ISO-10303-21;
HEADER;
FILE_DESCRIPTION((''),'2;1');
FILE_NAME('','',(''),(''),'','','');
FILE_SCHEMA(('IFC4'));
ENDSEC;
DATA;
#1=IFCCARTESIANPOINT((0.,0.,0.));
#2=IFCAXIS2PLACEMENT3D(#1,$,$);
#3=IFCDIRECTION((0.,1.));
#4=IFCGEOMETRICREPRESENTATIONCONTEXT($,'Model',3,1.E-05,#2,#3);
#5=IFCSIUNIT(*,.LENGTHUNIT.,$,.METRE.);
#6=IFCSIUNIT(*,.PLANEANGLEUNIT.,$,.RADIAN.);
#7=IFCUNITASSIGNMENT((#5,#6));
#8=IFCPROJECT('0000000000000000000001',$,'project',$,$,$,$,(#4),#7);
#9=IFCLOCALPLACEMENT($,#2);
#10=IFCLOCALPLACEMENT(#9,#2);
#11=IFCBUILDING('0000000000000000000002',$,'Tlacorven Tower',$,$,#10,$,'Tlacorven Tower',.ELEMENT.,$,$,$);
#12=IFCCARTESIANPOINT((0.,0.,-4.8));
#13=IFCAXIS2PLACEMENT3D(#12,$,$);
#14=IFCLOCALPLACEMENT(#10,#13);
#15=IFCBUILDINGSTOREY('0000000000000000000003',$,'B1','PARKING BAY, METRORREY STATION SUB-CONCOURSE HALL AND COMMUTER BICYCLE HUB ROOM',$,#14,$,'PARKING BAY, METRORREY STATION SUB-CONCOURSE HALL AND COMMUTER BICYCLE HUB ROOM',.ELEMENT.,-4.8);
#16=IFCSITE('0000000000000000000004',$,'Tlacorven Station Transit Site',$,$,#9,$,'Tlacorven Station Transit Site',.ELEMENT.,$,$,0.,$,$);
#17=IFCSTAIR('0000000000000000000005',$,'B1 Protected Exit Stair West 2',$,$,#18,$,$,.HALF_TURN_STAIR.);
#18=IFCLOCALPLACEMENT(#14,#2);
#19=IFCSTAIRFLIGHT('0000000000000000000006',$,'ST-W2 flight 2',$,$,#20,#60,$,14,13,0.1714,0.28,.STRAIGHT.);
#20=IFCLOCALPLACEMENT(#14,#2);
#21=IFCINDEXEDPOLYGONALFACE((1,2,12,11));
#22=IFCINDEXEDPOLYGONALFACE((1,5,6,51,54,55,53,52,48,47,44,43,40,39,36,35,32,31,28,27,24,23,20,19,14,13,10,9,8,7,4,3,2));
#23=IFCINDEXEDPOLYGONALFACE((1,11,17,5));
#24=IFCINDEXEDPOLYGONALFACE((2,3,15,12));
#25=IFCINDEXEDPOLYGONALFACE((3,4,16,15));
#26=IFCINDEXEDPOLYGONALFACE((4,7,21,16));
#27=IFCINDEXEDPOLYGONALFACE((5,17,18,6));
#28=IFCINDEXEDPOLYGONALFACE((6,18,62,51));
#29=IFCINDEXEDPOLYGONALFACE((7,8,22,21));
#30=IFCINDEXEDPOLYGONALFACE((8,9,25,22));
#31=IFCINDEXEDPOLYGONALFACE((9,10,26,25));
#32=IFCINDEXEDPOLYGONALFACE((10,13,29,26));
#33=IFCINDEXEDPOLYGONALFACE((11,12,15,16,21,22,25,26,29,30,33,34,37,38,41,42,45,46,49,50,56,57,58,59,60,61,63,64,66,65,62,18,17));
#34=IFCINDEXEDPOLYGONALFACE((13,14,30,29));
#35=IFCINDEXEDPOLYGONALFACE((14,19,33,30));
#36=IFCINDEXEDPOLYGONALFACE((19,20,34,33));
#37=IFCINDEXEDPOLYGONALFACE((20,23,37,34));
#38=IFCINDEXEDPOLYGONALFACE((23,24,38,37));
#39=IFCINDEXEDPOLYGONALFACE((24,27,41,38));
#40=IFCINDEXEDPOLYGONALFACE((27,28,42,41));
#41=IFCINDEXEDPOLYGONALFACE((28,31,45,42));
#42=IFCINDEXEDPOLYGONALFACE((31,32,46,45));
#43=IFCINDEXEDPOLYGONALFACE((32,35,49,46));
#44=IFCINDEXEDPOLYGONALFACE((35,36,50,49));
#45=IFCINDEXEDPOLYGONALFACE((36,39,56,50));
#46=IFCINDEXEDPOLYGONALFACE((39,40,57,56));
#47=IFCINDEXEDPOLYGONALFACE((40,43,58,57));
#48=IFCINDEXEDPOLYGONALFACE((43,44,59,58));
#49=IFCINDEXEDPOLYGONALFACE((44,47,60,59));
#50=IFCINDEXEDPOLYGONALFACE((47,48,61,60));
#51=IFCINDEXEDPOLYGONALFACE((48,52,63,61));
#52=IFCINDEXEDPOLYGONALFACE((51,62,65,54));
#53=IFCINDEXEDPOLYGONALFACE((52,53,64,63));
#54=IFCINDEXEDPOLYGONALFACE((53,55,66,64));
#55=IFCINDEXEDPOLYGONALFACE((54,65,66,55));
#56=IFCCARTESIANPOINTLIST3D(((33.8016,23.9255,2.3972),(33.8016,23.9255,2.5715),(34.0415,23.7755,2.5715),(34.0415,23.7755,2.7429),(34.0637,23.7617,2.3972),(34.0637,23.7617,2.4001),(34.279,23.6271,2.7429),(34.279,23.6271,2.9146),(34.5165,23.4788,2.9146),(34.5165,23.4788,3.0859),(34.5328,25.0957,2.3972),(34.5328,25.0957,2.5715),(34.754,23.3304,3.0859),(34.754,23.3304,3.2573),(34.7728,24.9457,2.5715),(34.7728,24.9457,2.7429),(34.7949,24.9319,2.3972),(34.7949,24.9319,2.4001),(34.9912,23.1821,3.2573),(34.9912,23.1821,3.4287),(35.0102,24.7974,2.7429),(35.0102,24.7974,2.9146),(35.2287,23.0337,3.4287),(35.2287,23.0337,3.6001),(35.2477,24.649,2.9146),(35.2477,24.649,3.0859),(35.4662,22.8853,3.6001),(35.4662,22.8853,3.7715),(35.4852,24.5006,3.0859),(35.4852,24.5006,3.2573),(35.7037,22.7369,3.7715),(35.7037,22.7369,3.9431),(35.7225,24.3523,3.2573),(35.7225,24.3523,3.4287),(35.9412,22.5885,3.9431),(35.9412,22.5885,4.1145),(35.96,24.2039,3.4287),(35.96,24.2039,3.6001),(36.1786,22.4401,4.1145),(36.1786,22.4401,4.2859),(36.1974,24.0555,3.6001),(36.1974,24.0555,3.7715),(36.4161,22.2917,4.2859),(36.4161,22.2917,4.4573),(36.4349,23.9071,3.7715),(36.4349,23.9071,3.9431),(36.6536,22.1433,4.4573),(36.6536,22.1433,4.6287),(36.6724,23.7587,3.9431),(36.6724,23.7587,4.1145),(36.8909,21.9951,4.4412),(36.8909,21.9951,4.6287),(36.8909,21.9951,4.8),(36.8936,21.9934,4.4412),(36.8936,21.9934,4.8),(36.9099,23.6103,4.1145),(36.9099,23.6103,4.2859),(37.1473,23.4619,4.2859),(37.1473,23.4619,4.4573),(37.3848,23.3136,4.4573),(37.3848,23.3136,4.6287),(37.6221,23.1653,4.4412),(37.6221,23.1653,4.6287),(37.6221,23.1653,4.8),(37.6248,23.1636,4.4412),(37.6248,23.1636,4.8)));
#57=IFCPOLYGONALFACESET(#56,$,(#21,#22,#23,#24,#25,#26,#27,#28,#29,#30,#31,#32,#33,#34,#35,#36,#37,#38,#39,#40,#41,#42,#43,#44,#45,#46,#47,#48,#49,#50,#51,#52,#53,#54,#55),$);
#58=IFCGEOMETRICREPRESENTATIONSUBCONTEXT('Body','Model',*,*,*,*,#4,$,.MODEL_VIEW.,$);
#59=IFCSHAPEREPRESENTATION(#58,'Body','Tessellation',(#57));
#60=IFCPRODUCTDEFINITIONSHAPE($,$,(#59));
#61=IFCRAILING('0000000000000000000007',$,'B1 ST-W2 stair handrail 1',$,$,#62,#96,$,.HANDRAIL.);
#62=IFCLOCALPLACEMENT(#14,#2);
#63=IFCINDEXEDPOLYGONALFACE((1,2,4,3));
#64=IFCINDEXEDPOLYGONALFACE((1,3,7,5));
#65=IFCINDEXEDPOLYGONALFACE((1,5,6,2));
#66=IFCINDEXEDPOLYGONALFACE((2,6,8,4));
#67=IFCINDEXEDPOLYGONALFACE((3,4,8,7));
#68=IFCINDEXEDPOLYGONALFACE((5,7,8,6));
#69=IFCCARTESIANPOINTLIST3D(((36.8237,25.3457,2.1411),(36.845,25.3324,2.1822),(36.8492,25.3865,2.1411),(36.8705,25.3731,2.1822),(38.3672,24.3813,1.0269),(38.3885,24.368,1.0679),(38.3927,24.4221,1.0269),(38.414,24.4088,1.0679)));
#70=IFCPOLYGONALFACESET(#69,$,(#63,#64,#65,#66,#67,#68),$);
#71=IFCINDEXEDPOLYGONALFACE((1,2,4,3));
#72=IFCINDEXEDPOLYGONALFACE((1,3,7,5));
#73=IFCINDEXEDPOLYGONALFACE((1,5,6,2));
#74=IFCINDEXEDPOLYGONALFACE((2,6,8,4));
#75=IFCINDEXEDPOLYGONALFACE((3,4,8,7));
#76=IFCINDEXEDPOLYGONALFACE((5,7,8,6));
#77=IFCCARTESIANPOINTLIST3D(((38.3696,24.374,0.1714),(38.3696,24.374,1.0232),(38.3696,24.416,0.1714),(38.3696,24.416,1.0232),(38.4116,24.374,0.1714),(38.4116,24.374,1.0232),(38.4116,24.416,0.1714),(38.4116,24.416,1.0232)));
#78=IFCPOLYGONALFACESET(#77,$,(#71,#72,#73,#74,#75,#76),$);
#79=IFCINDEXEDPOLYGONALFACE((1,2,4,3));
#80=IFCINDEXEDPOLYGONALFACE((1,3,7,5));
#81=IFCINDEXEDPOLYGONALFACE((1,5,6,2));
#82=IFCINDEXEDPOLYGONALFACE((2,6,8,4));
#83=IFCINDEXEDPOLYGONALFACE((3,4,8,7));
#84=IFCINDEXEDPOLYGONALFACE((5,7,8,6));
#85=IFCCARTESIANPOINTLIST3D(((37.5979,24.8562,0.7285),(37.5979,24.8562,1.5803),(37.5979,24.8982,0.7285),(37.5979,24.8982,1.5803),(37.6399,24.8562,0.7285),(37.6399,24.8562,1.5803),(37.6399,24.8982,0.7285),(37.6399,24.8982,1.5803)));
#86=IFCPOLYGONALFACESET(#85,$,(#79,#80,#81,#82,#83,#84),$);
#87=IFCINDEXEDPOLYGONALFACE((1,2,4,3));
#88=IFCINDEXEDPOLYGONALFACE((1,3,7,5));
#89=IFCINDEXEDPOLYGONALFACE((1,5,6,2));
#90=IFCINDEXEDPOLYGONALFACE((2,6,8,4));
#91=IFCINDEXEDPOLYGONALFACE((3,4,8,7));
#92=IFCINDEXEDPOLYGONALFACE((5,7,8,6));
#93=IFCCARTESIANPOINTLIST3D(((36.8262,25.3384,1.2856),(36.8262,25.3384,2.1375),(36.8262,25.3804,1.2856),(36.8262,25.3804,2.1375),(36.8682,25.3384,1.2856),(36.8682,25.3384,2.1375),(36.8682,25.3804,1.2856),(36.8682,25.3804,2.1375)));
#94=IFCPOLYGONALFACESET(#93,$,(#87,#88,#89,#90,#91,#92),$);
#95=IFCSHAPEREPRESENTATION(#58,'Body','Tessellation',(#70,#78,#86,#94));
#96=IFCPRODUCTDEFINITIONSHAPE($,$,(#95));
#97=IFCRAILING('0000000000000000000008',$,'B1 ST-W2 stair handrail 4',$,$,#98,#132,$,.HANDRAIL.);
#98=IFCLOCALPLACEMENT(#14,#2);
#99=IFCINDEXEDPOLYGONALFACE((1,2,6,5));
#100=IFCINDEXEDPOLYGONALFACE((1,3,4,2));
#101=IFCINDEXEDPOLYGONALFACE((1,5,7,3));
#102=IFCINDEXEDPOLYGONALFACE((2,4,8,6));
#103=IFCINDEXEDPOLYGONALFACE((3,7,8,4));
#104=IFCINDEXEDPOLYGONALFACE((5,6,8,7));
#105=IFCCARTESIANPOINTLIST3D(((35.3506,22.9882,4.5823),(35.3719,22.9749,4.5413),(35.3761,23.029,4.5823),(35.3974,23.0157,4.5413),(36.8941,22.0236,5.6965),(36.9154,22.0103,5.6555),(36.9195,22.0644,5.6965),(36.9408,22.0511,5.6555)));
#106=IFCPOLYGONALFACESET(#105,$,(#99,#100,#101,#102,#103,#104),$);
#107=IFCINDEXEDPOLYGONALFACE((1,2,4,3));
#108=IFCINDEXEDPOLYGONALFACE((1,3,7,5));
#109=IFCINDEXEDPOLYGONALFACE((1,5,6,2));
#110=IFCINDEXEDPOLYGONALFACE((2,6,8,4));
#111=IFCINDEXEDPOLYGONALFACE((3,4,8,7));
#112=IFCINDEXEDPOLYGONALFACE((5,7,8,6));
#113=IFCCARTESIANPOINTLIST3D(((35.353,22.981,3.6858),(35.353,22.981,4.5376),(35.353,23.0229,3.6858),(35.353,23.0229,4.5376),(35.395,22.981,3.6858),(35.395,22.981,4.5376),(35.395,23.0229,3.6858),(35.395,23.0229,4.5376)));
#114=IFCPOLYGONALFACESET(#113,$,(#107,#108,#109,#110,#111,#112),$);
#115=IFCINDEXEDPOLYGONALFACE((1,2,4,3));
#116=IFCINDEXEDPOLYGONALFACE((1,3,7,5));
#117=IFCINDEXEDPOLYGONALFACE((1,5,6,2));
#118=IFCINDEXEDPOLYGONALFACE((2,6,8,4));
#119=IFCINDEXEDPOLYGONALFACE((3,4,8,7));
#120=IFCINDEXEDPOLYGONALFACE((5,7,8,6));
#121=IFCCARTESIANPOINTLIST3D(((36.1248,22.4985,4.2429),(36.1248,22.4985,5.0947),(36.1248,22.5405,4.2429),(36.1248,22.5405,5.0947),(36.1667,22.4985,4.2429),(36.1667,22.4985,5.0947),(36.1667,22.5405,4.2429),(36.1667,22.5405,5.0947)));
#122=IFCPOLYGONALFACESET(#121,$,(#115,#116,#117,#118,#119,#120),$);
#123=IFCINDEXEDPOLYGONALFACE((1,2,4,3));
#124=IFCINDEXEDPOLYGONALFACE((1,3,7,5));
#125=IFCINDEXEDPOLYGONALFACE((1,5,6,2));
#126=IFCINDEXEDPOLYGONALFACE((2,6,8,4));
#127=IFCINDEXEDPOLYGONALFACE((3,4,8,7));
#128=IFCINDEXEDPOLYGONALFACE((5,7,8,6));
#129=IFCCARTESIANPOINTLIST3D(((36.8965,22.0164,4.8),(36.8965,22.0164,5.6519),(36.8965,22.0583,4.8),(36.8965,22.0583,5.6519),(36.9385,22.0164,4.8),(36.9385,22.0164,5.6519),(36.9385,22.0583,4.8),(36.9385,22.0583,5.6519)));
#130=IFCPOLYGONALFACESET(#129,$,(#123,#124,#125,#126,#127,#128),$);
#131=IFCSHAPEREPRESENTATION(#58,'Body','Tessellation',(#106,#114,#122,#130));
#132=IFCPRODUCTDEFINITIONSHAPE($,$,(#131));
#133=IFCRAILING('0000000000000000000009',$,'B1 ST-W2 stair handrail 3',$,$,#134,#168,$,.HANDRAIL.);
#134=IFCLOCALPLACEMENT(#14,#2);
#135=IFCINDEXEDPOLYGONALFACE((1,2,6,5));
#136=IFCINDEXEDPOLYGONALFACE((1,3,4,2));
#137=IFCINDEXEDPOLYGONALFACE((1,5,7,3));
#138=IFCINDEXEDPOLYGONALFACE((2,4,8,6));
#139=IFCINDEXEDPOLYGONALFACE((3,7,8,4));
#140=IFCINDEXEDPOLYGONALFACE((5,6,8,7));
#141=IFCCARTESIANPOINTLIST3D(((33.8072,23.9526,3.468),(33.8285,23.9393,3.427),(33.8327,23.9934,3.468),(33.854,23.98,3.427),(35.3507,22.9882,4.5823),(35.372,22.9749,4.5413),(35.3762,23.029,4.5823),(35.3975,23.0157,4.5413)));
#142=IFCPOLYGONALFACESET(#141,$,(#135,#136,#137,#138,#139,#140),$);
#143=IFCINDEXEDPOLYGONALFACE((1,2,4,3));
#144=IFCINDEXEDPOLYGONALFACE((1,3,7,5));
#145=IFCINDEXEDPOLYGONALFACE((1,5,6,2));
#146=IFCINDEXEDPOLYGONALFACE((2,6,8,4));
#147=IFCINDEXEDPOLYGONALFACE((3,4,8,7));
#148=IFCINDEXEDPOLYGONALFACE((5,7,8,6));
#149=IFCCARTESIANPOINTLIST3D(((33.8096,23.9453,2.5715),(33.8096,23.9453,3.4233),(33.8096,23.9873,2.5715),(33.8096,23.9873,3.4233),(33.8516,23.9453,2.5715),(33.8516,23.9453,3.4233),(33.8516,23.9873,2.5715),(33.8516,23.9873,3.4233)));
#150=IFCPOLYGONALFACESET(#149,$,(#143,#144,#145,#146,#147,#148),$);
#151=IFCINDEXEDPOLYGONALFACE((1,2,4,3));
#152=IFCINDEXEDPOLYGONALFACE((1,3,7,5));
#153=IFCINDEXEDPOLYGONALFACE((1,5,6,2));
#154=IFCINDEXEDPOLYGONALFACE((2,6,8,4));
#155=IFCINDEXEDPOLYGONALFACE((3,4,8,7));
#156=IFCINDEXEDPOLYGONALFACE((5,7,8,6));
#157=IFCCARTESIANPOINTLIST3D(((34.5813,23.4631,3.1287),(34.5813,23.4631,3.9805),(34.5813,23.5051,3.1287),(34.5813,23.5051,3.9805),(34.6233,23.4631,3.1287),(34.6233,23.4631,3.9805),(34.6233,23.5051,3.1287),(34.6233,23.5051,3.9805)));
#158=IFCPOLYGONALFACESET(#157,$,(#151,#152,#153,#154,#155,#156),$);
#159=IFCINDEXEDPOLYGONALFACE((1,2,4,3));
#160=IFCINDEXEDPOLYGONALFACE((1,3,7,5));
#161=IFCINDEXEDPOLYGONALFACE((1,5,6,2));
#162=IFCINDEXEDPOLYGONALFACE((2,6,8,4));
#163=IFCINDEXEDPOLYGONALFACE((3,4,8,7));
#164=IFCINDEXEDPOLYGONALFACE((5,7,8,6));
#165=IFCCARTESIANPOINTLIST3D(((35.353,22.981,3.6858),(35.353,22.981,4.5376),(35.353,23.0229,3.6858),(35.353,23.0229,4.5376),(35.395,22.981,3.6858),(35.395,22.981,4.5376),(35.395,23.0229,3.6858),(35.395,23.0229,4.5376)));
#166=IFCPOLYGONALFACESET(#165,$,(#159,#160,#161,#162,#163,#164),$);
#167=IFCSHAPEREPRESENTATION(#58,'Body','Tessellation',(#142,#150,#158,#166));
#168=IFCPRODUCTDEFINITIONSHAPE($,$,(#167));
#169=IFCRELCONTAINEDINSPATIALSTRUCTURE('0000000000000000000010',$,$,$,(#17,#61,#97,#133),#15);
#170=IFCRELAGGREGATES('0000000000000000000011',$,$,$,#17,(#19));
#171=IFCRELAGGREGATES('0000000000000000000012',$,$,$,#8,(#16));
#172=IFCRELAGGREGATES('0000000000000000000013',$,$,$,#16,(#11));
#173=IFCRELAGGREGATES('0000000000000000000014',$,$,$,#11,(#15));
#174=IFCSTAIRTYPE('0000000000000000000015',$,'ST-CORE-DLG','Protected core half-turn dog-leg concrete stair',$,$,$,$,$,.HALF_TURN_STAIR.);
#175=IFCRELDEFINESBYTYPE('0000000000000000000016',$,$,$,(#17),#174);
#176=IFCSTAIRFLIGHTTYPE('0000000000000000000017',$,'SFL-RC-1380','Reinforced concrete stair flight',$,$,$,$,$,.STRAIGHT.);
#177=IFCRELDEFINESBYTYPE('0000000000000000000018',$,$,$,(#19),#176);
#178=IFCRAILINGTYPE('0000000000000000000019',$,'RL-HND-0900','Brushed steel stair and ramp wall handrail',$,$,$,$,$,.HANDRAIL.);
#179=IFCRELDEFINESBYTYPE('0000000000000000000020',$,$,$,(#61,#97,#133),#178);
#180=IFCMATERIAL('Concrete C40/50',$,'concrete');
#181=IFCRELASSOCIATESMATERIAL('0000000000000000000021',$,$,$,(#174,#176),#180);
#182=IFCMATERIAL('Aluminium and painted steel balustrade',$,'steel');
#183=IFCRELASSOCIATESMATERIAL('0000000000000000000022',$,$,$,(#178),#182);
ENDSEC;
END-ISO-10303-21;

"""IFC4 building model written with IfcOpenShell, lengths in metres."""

from ifc_helpers import new_model, si_unit, direction, frame, origin, origin_2d, place, context, subcontext, project, spatial, polyline, rectangle, outline, extrude, source, transform, mapped, material, type_object, element, aggregate, save


model = new_model("IFC4")

# Units and contexts
model_context = context("Model", 3, precision=1e-05, world=origin(), true_north=direction((0.0, 1.0)))
body_context = subcontext(model_context, "Body", "Model", "MODEL_VIEW")
ifc_project = project(units=[si_unit("LENGTHUNIT", "METRE"), si_unit("PLANEANGLEUNIT", "RADIAN")], contexts=[model_context])

# Site, building, storey
site_placement = place(None, origin())
site = spatial("IfcSite", under=ifc_project, at=site_placement, Name="Tlacorven Station Transit Site", LongName="Tlacorven Station Transit Site", CompositionType="ELEMENT", RefElevation=0.0)
building_placement = place(site_placement, origin())
building = spatial("IfcBuilding", under=site, at=building_placement, Name="Tlacorven Tower", LongName="Tlacorven Tower", CompositionType="ELEMENT")
storey_placement = place(building_placement, frame((0.0, 0.0, -4.8)))
storey = spatial("IfcBuildingStorey", under=building, at=storey_placement, Name="B1", Description="PARKING BAY, METRORREY STATION SUB-CONCOURSE HALL AND COMMUTER BICYCLE HUB ROOM", LongName="PARKING BAY, METRORREY STATION SUB-CONCOURSE HALL AND COMMUTER BICYCLE HUB ROOM", CompositionType="ELEMENT", Elevation=-4.8)

# Shared definitions
ifc_material_1 = material(Name="Concrete C40/50", Category="concrete")

# Stair, stair flight
stair_type = type_object("IfcStairType", Name="ST-CORE-DLG", Description="Protected core half-turn dog-leg concrete stair", PredefinedType="HALF_TURN_STAIR", material=ifc_material_1)
stair_placement = place(storey_placement, origin())
stair = element("IfcStair", 1, at=stair_placement, inside=storey, type_object=stair_type, Name="B1 Protected Exit Stair West 2", PredefinedType="HALF_TURN_STAIR")
stair_flight_type = type_object("IfcStairFlightType", Name="SFL-RC-1380", Description="Reinforced concrete stair flight", PredefinedType="STRAIGHT", material=ifc_material_1)
shared_shape_1 = source(origin(), body_context, "Body", "SweptSolid", [
    extrude(outline(polyline([(-0.0029, -0.0029), (-0.0029, 0.1714), (0.28, 0.1714), (0.28, 0.3428), (0.5601, 0.3428), (0.5601, 0.5144), (0.8401, 0.5144), (0.8401, 0.6858), (1.1201, 0.6858), (1.1201, 0.8572), (1.3999, 0.8572), (1.3999, 1.0286), (1.6799, 1.0286), (1.6799, 1.2), (1.96, 1.2), (1.96, 1.3713), (2.24, 1.3713), (2.24, 1.543), (2.52, 1.543), (2.52, 1.7144), (2.8, 1.7144), (2.8, 1.8857), (3.0801, 1.8857), (3.0801, 2.0571), (3.3601, 2.0571), (3.3601, 2.2285), (3.6399, 2.2285), (3.6399, 2.3999), (3.6431, 2.3999), (3.6431, 2.041), (3.6399, 2.041), (0.3062, 0.0), (0.3062, -0.0029), (-0.0029, -0.0029)])), frame((0.0, 0.6899, 0.0), z_axis=(0.0, -1.0, 0.0), x_axis=(1.0, 0.0, 0.0)), (0.0, 0.0, 1.0), 1.3799),
])
stair_flight_1_placement = place(storey_placement, frame((34.1697, 24.509, 2.4001), z_axis=(0.0, 0.0, 1.0), x_axis=(0.848048, -0.529919, 0.0)))
stair_flight_1 = element("IfcStairFlight", 2, at=stair_flight_1_placement, type_object=stair_flight_type, Name="ST-W2 flight 2", NumberOfRisers=14, NumberOfTreads=13, PredefinedType="STRAIGHT", RiserHeight=0.1714, TreadLength=0.28, context=body_context, shape_type="MappedRepresentation", body=[
    mapped(shared_shape_1, transform((0.0, 0.0, 0.0), scale=1.0)),
])
aggregate(stair, [stair_flight_1])

# Railings
ifc_material_2 = material(Name="Aluminium and painted steel balustrade", Category="steel")
railing_type_1 = type_object("IfcRailingType", Name="RL-HND-0900", Description="Brushed steel stair and ramp wall handrail", PredefinedType="HANDRAIL", material=ifc_material_2)
shared_shape_2 = source(origin(), body_context, "Body", "SweptSolid", [
    extrude(rectangle(XDim=0.0481, YDim=0.0481, at=origin_2d()), frame((0.0, 0.0, 0.876), z_axis=(-0.723281, 0.451908, 0.522153), x_axis=(-0.529878, -0.848074, 0.0)), (0.0, 0.0, 1.0), 2.134),
    extrude(rectangle(XDim=0.042, YDim=0.042, at=origin_2d()), origin(), (0.0, 0.0, 1.0), 0.8518),
    extrude(rectangle(XDim=0.042, YDim=0.042, at=origin_2d()), frame((-0.7717, 0.4822, 0.5571)), (0.0, 0.0, 1.0), 0.8518),
    extrude(rectangle(XDim=0.042, YDim=0.042, at=origin_2d()), frame((-1.5435, 0.9644, 1.1143)), (0.0, 0.0, 1.0), 0.8518),
])
railing_1_placement = place(storey_placement, frame((38.3906, 24.395, 0.1714)))
element("IfcRailing", 3, at=railing_1_placement, inside=storey, type_object=railing_type_1, Name="B1 ST-W2 stair handrail 1", PredefinedType="HANDRAIL", context=body_context, shape_type="MappedRepresentation", body=[
    mapped(shared_shape_2, transform((0.0, 0.0, 0.0), scale=1.0)),
])
shared_shape_3 = source(origin(), body_context, "Body", "SweptSolid", [
    extrude(rectangle(XDim=0.0481, YDim=0.0481, at=origin_2d()), frame((0.0, 0.0, 0.876), z_axis=(0.723244, -0.451999, 0.522126), x_axis=(0.529975, 0.848013, 0.0)), (0.0, 0.0, 1.0), 2.134),
    extrude(rectangle(XDim=0.042, YDim=0.042, at=origin_2d()), origin(), (0.0, 0.0, 1.0), 0.8518),
    extrude(rectangle(XDim=0.042, YDim=0.042, at=origin_2d()), frame((0.7717, -0.4824, 0.5571)), (0.0, 0.0, 1.0), 0.8518),
    extrude(rectangle(XDim=0.042, YDim=0.042, at=origin_2d()), frame((1.5435, -0.9646, 1.1143)), (0.0, 0.0, 1.0), 0.8518),
])
railing_2_placement = place(storey_placement, frame((35.374, 23.002, 3.6858)))
element("IfcRailing", 4, at=railing_2_placement, inside=storey, type_object=railing_type_1, Name="B1 ST-W2 stair handrail 4", PredefinedType="HANDRAIL", context=body_context, shape_type="MappedRepresentation", body=[
    mapped(shared_shape_3, transform((0.0, 0.0, 0.0), scale=1.0)),
])
shared_shape_4 = source(origin(), body_context, "Body", "SweptSolid", [
    extrude(rectangle(XDim=0.0481, YDim=0.0481, at=origin_2d()), frame((0.0, 0.0, 0.876), z_axis=(0.723281, -0.451908, 0.522153), x_axis=(0.529878, 0.848074, 0.0)), (0.0, 0.0, 1.0), 2.134),
    extrude(rectangle(XDim=0.042, YDim=0.042, at=origin_2d()), origin(), (0.0, 0.0, 1.0), 0.8518),
    extrude(rectangle(XDim=0.042, YDim=0.042, at=origin_2d()), frame((0.7717, -0.4822, 0.5571)), (0.0, 0.0, 1.0), 0.8518),
    extrude(rectangle(XDim=0.042, YDim=0.042, at=origin_2d()), frame((1.5435, -0.9644, 1.1143)), (0.0, 0.0, 1.0), 0.8518),
])
railing_3_placement = place(storey_placement, frame((33.8306, 23.9663, 2.5715)))
element("IfcRailing", 5, at=railing_3_placement, inside=storey, type_object=railing_type_1, Name="B1 ST-W2 stair handrail 3", PredefinedType="HANDRAIL", context=body_context, shape_type="MappedRepresentation", body=[
    mapped(shared_shape_4, transform((0.0, 0.0, 0.0), scale=1.0)),
])

save(model, "model.ifc")
